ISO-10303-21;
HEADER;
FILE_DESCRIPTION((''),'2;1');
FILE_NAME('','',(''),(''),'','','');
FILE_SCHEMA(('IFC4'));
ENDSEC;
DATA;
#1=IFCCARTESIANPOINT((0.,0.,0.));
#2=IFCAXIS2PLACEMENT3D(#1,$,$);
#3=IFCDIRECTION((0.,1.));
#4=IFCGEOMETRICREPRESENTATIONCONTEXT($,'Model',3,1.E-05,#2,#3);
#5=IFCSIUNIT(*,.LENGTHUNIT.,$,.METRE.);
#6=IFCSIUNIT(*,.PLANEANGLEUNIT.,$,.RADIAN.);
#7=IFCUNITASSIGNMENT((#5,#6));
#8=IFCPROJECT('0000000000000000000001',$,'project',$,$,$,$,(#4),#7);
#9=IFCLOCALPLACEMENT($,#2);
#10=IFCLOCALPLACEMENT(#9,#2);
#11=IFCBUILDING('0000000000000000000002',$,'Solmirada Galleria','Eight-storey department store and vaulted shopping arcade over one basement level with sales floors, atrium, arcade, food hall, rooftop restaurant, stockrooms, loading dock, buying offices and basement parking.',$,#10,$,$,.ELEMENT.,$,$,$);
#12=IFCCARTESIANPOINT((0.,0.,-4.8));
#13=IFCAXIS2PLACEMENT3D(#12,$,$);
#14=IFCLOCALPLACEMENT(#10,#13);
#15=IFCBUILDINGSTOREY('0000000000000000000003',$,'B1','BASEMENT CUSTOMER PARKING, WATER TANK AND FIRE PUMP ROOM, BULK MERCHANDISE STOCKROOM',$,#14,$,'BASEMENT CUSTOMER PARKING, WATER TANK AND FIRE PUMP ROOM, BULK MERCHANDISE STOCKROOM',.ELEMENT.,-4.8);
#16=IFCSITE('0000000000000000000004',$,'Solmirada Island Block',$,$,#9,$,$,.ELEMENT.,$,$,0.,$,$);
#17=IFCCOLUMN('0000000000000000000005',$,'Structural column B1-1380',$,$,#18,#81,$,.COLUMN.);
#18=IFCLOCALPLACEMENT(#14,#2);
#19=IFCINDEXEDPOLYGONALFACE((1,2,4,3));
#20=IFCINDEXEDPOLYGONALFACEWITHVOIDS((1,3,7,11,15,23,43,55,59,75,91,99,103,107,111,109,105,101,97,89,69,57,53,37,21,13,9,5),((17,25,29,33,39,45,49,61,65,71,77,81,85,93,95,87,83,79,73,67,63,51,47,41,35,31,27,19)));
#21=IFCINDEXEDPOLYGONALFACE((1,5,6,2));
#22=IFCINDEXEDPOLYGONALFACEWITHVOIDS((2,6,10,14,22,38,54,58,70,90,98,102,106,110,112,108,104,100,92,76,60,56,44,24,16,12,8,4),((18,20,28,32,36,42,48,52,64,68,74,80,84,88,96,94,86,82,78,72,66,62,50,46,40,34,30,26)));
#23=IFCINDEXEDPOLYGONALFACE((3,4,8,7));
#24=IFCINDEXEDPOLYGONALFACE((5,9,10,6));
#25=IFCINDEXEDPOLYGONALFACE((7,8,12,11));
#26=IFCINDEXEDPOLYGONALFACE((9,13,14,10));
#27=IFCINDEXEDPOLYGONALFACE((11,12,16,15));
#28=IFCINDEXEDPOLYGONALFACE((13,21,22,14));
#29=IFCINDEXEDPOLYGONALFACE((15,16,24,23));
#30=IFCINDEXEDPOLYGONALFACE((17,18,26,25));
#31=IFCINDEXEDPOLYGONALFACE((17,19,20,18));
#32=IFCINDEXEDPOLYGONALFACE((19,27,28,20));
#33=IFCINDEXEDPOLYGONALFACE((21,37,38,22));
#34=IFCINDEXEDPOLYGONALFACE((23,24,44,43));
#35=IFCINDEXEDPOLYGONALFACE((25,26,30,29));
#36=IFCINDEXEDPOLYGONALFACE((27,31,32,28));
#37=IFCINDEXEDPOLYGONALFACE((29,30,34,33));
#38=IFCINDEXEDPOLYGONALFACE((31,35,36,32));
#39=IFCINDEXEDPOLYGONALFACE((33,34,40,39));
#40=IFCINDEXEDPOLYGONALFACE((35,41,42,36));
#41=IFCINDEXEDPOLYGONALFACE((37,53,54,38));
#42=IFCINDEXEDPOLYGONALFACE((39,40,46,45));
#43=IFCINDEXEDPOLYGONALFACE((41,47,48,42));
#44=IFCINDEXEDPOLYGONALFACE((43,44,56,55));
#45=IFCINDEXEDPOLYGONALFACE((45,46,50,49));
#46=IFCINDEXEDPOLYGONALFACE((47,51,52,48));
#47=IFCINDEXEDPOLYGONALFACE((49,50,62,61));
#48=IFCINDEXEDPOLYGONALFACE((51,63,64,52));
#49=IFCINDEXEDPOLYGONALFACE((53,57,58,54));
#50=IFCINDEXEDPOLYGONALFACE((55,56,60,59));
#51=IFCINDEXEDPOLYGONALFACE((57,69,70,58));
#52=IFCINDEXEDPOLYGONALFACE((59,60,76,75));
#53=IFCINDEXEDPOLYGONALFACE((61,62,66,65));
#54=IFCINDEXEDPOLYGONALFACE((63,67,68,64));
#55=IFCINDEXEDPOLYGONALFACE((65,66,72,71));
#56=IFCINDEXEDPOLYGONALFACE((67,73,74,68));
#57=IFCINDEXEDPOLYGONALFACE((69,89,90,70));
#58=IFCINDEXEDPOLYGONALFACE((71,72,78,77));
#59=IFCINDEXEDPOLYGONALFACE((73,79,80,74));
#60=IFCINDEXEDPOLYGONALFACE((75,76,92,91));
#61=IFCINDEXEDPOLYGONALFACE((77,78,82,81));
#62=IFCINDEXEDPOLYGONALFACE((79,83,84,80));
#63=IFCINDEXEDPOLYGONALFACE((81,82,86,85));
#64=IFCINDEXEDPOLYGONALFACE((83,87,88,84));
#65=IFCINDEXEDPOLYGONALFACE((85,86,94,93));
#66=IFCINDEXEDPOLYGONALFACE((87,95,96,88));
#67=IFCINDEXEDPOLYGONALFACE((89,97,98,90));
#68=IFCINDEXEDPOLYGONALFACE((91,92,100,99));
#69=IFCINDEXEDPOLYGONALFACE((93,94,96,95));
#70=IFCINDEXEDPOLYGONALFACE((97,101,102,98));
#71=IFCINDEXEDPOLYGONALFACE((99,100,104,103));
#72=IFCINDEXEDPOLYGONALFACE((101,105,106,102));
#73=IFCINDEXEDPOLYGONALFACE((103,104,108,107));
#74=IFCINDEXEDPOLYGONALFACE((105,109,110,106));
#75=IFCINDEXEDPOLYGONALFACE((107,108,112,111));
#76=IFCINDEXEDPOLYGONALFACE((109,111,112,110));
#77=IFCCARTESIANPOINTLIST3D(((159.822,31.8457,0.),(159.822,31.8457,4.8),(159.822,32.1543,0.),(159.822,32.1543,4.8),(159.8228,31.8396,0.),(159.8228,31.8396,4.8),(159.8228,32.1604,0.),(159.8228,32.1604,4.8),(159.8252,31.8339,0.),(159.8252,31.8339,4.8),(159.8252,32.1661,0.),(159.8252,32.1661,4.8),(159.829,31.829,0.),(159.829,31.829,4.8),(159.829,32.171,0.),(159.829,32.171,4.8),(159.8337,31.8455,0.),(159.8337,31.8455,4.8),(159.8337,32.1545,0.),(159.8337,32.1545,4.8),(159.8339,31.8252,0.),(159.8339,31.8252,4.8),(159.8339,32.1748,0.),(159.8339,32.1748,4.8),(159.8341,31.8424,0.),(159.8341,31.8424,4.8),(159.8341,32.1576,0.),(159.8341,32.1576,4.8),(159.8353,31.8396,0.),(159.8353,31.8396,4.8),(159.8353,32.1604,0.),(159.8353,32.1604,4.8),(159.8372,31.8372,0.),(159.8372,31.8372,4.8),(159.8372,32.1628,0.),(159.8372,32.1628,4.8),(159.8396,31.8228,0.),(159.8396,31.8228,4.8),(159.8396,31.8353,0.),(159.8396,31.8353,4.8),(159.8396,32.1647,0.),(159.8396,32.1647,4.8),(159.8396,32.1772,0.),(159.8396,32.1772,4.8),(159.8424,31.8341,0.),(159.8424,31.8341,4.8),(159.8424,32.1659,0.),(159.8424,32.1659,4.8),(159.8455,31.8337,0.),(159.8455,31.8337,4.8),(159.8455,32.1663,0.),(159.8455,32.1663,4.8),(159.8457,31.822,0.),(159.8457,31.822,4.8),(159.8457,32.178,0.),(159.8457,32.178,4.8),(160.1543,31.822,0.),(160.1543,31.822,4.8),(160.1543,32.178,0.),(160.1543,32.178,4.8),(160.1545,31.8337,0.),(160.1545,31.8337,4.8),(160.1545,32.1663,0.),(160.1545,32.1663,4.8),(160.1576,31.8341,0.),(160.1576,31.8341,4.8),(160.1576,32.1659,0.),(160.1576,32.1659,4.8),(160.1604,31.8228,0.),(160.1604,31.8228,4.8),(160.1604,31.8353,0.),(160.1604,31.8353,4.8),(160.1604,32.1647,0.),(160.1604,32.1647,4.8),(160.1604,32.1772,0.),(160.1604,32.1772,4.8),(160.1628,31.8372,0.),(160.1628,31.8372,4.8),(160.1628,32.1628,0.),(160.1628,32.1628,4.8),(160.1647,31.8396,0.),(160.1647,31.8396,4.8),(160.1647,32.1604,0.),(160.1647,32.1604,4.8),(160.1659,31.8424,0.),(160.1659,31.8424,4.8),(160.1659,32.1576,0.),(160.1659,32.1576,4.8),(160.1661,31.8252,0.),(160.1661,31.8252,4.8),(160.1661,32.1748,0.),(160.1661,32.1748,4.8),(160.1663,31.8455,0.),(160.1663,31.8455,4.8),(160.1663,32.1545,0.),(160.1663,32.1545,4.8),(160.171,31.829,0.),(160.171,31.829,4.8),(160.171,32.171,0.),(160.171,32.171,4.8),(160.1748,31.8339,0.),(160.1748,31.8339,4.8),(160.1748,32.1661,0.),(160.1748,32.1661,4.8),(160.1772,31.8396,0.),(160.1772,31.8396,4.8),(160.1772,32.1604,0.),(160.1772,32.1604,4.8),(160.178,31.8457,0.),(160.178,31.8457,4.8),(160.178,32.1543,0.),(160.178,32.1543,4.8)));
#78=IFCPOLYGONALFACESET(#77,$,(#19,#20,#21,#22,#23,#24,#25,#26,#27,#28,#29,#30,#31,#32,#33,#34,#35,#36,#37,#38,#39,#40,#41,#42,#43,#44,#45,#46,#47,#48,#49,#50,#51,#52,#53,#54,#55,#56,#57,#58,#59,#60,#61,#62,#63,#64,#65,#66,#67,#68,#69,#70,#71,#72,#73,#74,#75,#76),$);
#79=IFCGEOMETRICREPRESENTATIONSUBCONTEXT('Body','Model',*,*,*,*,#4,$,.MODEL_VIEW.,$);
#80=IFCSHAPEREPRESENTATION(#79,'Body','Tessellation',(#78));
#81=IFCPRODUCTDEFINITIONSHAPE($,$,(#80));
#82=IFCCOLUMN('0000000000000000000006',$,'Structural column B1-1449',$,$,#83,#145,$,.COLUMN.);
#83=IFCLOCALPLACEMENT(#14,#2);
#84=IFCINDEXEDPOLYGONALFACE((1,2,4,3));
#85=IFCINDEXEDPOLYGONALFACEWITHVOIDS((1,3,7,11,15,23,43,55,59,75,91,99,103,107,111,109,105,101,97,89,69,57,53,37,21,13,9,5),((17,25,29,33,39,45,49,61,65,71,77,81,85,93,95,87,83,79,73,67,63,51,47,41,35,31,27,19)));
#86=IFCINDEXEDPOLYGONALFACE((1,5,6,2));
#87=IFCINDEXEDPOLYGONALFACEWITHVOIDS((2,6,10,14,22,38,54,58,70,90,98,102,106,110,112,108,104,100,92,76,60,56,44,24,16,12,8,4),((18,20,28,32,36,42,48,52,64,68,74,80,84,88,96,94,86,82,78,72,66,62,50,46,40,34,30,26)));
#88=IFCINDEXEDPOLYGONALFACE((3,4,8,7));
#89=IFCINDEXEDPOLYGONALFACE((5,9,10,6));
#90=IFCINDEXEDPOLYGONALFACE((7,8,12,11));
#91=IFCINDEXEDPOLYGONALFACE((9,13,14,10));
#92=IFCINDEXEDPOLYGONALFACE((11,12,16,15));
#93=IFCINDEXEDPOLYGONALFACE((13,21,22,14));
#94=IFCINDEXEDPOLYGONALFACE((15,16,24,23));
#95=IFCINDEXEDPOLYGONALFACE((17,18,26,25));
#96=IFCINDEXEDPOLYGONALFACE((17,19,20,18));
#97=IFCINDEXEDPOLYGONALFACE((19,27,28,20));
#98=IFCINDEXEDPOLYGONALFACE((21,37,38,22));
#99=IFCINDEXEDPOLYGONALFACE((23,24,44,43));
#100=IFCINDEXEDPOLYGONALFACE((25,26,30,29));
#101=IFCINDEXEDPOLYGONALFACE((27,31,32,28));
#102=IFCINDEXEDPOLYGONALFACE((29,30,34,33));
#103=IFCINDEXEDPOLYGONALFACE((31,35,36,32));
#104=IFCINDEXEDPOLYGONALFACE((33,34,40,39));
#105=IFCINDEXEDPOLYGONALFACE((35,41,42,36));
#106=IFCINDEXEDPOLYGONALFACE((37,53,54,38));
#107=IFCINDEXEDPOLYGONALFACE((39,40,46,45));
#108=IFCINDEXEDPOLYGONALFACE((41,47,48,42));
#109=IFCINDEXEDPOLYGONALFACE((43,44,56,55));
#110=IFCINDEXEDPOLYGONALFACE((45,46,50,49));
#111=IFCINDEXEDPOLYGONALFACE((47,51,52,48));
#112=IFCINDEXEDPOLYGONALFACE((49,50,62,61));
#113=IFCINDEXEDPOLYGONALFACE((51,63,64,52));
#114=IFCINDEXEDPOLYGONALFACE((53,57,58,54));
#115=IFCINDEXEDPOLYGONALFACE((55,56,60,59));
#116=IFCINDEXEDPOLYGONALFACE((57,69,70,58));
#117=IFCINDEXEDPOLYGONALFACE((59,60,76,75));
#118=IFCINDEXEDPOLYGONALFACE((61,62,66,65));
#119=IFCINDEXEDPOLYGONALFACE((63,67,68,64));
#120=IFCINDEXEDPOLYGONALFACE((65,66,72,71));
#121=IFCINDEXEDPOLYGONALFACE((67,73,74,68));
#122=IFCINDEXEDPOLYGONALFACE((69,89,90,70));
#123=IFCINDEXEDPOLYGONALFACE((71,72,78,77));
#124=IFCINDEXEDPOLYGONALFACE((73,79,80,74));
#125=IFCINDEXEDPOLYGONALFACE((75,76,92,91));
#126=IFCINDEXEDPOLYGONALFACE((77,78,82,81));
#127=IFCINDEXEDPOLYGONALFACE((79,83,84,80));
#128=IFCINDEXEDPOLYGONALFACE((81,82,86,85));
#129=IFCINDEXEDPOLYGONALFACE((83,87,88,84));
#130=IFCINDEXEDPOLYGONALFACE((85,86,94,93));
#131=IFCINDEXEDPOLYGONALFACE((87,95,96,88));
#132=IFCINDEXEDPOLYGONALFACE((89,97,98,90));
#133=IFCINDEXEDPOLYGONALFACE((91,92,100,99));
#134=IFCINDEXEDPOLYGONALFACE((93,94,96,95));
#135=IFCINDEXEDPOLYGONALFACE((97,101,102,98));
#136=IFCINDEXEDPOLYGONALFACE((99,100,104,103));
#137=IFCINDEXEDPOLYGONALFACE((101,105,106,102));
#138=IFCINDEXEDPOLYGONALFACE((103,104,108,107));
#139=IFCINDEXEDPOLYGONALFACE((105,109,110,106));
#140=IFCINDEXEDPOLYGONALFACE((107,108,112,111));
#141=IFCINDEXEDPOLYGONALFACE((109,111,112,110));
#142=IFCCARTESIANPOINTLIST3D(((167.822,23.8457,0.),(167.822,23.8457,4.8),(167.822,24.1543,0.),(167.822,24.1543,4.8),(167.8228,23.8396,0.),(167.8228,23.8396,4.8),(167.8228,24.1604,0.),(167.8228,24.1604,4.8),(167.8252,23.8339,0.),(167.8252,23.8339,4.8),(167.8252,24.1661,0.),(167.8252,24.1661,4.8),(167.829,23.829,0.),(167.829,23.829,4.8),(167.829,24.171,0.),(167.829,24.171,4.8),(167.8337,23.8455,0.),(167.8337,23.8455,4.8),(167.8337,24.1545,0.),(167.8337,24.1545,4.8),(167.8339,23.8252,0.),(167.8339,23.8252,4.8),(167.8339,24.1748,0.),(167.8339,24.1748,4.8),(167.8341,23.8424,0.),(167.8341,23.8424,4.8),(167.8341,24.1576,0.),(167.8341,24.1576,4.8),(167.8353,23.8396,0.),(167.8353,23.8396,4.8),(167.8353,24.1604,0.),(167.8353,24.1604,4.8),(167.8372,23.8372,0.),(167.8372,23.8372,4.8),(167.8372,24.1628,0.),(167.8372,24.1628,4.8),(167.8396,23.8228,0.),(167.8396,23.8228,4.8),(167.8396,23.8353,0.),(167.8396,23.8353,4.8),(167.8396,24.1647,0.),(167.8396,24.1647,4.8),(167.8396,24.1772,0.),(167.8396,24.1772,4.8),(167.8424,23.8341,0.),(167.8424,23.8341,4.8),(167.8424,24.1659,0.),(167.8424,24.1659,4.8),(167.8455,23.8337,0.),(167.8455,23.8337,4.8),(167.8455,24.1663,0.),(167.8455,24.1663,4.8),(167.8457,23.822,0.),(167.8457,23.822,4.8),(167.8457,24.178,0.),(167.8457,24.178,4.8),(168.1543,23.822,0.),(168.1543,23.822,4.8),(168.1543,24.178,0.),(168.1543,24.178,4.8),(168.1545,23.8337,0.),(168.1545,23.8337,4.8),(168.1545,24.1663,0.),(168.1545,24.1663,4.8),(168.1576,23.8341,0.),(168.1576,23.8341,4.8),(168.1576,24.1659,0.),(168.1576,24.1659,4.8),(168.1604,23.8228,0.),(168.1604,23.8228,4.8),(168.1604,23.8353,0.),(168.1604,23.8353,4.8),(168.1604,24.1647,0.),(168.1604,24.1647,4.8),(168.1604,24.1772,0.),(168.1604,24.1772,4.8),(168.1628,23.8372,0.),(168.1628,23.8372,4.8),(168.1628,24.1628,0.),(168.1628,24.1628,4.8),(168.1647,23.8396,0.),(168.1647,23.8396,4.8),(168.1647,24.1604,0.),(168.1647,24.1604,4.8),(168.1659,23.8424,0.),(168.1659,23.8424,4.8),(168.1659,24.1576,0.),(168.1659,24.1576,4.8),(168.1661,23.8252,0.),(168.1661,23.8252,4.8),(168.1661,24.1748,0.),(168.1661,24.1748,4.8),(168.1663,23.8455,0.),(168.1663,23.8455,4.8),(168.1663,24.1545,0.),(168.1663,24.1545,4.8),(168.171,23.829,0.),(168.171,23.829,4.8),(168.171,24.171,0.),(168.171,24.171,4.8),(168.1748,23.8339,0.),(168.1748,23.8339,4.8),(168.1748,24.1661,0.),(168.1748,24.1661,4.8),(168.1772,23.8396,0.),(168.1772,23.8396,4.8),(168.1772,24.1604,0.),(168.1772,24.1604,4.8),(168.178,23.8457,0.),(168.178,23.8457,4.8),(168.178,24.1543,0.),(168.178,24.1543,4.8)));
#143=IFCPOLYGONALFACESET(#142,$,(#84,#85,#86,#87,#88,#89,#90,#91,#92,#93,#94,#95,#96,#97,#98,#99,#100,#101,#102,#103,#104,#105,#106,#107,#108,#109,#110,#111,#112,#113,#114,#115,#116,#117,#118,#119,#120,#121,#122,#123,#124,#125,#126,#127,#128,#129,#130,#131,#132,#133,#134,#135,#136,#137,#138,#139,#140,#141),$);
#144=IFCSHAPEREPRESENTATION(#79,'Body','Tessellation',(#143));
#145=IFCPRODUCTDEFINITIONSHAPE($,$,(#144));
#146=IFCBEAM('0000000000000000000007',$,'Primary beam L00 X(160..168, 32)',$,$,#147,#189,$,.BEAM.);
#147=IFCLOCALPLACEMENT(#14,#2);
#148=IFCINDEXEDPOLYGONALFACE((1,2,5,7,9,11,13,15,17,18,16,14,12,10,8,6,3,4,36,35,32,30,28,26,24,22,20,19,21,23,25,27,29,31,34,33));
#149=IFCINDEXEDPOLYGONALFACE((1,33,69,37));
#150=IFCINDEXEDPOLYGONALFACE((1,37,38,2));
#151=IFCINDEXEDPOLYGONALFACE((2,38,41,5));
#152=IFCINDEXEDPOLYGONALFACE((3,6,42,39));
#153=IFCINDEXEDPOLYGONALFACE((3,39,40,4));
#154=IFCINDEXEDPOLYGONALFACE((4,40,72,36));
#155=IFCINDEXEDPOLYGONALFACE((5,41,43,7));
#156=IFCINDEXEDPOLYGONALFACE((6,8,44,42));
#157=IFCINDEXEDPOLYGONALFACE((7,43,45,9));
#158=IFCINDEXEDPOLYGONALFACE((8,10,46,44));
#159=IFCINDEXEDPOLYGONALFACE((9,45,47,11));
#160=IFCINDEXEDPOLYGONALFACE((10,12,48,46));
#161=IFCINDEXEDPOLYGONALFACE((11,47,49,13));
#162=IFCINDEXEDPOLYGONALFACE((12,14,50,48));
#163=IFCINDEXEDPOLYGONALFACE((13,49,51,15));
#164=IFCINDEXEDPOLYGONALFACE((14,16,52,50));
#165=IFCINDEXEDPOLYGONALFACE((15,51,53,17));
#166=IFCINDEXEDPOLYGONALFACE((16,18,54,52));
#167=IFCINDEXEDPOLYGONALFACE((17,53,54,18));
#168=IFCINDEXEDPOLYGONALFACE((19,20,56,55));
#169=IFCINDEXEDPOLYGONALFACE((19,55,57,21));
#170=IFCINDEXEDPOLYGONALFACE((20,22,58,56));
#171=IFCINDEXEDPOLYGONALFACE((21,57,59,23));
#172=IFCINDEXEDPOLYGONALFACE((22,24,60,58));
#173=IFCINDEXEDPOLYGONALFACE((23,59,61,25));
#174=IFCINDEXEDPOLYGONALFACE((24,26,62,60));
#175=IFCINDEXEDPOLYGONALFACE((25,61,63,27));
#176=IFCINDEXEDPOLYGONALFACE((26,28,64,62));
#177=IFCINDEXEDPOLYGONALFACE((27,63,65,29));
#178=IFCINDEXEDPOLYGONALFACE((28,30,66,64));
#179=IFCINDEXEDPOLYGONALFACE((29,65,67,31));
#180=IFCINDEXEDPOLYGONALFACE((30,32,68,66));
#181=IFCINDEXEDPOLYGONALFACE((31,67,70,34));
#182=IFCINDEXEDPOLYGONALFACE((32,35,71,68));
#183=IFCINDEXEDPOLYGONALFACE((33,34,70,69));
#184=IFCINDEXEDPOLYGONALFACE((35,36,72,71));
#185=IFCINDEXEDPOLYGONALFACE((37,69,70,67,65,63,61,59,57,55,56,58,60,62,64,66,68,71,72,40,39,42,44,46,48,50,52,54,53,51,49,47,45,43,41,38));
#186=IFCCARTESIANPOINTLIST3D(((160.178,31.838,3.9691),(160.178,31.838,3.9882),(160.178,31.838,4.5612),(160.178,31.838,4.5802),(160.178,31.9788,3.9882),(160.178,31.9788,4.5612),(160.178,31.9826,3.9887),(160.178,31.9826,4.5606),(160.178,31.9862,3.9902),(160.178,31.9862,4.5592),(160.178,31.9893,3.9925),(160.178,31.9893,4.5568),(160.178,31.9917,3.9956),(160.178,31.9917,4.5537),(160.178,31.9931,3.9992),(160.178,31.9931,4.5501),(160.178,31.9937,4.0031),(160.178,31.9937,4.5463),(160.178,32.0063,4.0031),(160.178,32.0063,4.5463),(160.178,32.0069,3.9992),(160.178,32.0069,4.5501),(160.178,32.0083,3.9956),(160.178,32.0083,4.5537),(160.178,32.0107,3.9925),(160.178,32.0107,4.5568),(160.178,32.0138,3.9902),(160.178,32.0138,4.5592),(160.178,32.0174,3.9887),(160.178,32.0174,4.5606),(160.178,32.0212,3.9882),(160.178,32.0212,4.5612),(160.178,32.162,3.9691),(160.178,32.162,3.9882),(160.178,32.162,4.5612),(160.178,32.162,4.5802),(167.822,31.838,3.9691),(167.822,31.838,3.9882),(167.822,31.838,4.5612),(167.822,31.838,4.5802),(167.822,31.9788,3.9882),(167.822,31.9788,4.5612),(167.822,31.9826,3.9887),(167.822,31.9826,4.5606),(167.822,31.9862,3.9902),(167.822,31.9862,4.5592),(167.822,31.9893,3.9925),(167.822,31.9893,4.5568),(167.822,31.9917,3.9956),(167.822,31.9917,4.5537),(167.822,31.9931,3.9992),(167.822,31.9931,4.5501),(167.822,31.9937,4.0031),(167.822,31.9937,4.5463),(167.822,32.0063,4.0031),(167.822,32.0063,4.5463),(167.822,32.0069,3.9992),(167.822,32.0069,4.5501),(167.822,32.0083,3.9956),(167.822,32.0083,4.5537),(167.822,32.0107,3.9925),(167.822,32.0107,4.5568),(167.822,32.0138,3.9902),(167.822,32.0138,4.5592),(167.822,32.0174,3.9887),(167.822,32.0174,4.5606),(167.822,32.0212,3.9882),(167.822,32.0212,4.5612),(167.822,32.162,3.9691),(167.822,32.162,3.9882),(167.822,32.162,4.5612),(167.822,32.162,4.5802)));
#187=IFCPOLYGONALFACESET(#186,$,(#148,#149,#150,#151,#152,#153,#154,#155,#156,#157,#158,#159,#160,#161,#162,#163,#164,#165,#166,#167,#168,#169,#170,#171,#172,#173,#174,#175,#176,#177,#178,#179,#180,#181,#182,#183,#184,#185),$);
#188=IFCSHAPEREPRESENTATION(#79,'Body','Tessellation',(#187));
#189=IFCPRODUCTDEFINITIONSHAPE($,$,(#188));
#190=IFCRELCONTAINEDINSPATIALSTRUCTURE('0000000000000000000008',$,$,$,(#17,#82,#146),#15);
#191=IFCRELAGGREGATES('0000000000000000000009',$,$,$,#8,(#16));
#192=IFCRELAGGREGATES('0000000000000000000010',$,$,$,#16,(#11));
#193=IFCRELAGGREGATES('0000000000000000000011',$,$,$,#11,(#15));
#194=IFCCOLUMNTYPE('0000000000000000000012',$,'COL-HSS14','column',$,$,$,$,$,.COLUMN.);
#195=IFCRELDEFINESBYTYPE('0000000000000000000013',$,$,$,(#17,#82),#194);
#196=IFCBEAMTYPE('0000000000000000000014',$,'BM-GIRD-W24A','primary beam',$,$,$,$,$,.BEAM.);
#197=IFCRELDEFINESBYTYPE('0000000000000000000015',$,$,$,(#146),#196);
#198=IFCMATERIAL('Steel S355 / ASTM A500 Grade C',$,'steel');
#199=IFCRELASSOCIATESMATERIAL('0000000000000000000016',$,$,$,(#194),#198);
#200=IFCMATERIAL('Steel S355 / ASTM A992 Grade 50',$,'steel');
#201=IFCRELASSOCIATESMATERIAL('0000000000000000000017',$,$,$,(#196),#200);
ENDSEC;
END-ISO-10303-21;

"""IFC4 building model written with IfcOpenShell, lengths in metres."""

from ifc_helpers import new_model, si_unit, direction, frame, origin, origin_2d, place, context, subcontext, project, spatial, hollow_rectangle, i_section, extrude, material, material_profile, profile_set, type_object, element, save


model = new_model("IFC4")

# Units and contexts
model_context = context("Model", 3, precision=1e-05, world=origin(), true_north=direction((0.0, 1.0)))
body_context = subcontext(model_context, "Body", "Model", "MODEL_VIEW")
ifc_project = project(units=[si_unit("LENGTHUNIT", "METRE"), si_unit("PLANEANGLEUNIT", "RADIAN")], contexts=[model_context])

# Site, building, storey
site_placement = place(None, origin())
site = spatial("IfcSite", under=ifc_project, at=site_placement, Name="Solmirada Island Block", CompositionType="ELEMENT", RefElevation=0.0)
building_placement = place(site_placement, origin())
building = spatial("IfcBuilding", under=site, at=building_placement, Name="Solmirada Galleria", Description="Eight-storey department store and vaulted shopping arcade over one basement level with sales floors, atrium, arcade, food hall, rooftop restaurant, stockrooms, loading dock, buying offices and basement parking.", CompositionType="ELEMENT")
storey_placement = place(building_placement, frame((0.0, 0.0, -4.8)))
storey = spatial("IfcBuildingStorey", under=building, at=storey_placement, Name="B1", Description="BASEMENT CUSTOMER PARKING, WATER TANK AND FIRE PUMP ROOM, BULK MERCHANDISE STOCKROOM", LongName="BASEMENT CUSTOMER PARKING, WATER TANK AND FIRE PUMP ROOM, BULK MERCHANDISE STOCKROOM", CompositionType="ELEMENT", Elevation=-4.8)

# Columns
ifc_material_1 = material(Name="Steel S355 / ASTM A500 Grade C", Category="steel")
ifc_material_profile_1 = material_profile(ifc_material_1, hollow_rectangle(XDim=0.356, YDim=0.356, WallThickness=0.0117, InnerFilletRadius=0.0117, OuterFilletRadius=0.0237, at=origin_2d()), Name="HSS14X14X1/2")
ifc_profile_set_1 = profile_set([ifc_material_profile_1], Name="Steel S355 / ASTM A500 Grade C")
column_type = type_object("IfcColumnType", Name="COL-HSS14", Description="column", PredefinedType="COLUMN", material=ifc_profile_set_1)
for number, where, z_axis, x_axis, name in (
    (1, (160.0, 32.0, 0.0), (0.0, 0.0, 1.0), (1.0, 0.0, 0.0), "Structural column B1-1380"),
    (2, (168.0, 24.0, 0.0), (0.0, 0.0, 1.0), (1.0, 0.0, 0.0), "Structural column B1-1449"),
):
    element("IfcColumn", number, at=place(storey_placement, frame(where, z_axis=z_axis, x_axis=x_axis)), inside=storey, type_object=column_type, Name=name, PredefinedType="COLUMN", context=body_context, shape_type="SweptSolid", body=[
        extrude(hollow_rectangle(XDim=0.356, YDim=0.356, WallThickness=0.0117, InnerFilletRadius=0.0117, OuterFilletRadius=0.0237, at=origin_2d()), origin(), (0.0, 0.0, 1.0), 4.8),
    ])

# Beam
ifc_material_2 = material(Name="Steel S355 / ASTM A992 Grade 50", Category="steel")
ifc_material_profile_2 = material_profile(ifc_material_2, i_section(OverallWidth=0.324, OverallDepth=0.6111, WebThickness=0.0127, FlangeThickness=0.019, FilletRadius=0.0149, at=origin_2d()), Name="W24X104")
ifc_profile_set_2 = profile_set([ifc_material_profile_2], Name="Steel S355 / ASTM A992 Grade 50")
beam_type_1 = type_object("IfcBeamType", Name="BM-GIRD-W24A", Description="primary beam", PredefinedType="BEAM", material=ifc_profile_set_2)
beam_1_placement = place(storey_placement, frame((160.178, 32.0, 4.2747), z_axis=(1.0, 0.0, 0.0), x_axis=(0.0, 1.0, 0.0)))
element("IfcBeam", 3, at=beam_1_placement, inside=storey, type_object=beam_type_1, Name="Primary beam L00 X(160..168, 32)", PredefinedType="BEAM", context=body_context, shape_type="SweptSolid", body=[
    extrude(i_section(OverallWidth=0.324, OverallDepth=0.6111, WebThickness=0.0127, FlangeThickness=0.019, FilletRadius=0.0149, at=origin_2d()), origin(), (0.0, 0.0, 1.0), 7.644),
])

save(model, "model.ifc")
